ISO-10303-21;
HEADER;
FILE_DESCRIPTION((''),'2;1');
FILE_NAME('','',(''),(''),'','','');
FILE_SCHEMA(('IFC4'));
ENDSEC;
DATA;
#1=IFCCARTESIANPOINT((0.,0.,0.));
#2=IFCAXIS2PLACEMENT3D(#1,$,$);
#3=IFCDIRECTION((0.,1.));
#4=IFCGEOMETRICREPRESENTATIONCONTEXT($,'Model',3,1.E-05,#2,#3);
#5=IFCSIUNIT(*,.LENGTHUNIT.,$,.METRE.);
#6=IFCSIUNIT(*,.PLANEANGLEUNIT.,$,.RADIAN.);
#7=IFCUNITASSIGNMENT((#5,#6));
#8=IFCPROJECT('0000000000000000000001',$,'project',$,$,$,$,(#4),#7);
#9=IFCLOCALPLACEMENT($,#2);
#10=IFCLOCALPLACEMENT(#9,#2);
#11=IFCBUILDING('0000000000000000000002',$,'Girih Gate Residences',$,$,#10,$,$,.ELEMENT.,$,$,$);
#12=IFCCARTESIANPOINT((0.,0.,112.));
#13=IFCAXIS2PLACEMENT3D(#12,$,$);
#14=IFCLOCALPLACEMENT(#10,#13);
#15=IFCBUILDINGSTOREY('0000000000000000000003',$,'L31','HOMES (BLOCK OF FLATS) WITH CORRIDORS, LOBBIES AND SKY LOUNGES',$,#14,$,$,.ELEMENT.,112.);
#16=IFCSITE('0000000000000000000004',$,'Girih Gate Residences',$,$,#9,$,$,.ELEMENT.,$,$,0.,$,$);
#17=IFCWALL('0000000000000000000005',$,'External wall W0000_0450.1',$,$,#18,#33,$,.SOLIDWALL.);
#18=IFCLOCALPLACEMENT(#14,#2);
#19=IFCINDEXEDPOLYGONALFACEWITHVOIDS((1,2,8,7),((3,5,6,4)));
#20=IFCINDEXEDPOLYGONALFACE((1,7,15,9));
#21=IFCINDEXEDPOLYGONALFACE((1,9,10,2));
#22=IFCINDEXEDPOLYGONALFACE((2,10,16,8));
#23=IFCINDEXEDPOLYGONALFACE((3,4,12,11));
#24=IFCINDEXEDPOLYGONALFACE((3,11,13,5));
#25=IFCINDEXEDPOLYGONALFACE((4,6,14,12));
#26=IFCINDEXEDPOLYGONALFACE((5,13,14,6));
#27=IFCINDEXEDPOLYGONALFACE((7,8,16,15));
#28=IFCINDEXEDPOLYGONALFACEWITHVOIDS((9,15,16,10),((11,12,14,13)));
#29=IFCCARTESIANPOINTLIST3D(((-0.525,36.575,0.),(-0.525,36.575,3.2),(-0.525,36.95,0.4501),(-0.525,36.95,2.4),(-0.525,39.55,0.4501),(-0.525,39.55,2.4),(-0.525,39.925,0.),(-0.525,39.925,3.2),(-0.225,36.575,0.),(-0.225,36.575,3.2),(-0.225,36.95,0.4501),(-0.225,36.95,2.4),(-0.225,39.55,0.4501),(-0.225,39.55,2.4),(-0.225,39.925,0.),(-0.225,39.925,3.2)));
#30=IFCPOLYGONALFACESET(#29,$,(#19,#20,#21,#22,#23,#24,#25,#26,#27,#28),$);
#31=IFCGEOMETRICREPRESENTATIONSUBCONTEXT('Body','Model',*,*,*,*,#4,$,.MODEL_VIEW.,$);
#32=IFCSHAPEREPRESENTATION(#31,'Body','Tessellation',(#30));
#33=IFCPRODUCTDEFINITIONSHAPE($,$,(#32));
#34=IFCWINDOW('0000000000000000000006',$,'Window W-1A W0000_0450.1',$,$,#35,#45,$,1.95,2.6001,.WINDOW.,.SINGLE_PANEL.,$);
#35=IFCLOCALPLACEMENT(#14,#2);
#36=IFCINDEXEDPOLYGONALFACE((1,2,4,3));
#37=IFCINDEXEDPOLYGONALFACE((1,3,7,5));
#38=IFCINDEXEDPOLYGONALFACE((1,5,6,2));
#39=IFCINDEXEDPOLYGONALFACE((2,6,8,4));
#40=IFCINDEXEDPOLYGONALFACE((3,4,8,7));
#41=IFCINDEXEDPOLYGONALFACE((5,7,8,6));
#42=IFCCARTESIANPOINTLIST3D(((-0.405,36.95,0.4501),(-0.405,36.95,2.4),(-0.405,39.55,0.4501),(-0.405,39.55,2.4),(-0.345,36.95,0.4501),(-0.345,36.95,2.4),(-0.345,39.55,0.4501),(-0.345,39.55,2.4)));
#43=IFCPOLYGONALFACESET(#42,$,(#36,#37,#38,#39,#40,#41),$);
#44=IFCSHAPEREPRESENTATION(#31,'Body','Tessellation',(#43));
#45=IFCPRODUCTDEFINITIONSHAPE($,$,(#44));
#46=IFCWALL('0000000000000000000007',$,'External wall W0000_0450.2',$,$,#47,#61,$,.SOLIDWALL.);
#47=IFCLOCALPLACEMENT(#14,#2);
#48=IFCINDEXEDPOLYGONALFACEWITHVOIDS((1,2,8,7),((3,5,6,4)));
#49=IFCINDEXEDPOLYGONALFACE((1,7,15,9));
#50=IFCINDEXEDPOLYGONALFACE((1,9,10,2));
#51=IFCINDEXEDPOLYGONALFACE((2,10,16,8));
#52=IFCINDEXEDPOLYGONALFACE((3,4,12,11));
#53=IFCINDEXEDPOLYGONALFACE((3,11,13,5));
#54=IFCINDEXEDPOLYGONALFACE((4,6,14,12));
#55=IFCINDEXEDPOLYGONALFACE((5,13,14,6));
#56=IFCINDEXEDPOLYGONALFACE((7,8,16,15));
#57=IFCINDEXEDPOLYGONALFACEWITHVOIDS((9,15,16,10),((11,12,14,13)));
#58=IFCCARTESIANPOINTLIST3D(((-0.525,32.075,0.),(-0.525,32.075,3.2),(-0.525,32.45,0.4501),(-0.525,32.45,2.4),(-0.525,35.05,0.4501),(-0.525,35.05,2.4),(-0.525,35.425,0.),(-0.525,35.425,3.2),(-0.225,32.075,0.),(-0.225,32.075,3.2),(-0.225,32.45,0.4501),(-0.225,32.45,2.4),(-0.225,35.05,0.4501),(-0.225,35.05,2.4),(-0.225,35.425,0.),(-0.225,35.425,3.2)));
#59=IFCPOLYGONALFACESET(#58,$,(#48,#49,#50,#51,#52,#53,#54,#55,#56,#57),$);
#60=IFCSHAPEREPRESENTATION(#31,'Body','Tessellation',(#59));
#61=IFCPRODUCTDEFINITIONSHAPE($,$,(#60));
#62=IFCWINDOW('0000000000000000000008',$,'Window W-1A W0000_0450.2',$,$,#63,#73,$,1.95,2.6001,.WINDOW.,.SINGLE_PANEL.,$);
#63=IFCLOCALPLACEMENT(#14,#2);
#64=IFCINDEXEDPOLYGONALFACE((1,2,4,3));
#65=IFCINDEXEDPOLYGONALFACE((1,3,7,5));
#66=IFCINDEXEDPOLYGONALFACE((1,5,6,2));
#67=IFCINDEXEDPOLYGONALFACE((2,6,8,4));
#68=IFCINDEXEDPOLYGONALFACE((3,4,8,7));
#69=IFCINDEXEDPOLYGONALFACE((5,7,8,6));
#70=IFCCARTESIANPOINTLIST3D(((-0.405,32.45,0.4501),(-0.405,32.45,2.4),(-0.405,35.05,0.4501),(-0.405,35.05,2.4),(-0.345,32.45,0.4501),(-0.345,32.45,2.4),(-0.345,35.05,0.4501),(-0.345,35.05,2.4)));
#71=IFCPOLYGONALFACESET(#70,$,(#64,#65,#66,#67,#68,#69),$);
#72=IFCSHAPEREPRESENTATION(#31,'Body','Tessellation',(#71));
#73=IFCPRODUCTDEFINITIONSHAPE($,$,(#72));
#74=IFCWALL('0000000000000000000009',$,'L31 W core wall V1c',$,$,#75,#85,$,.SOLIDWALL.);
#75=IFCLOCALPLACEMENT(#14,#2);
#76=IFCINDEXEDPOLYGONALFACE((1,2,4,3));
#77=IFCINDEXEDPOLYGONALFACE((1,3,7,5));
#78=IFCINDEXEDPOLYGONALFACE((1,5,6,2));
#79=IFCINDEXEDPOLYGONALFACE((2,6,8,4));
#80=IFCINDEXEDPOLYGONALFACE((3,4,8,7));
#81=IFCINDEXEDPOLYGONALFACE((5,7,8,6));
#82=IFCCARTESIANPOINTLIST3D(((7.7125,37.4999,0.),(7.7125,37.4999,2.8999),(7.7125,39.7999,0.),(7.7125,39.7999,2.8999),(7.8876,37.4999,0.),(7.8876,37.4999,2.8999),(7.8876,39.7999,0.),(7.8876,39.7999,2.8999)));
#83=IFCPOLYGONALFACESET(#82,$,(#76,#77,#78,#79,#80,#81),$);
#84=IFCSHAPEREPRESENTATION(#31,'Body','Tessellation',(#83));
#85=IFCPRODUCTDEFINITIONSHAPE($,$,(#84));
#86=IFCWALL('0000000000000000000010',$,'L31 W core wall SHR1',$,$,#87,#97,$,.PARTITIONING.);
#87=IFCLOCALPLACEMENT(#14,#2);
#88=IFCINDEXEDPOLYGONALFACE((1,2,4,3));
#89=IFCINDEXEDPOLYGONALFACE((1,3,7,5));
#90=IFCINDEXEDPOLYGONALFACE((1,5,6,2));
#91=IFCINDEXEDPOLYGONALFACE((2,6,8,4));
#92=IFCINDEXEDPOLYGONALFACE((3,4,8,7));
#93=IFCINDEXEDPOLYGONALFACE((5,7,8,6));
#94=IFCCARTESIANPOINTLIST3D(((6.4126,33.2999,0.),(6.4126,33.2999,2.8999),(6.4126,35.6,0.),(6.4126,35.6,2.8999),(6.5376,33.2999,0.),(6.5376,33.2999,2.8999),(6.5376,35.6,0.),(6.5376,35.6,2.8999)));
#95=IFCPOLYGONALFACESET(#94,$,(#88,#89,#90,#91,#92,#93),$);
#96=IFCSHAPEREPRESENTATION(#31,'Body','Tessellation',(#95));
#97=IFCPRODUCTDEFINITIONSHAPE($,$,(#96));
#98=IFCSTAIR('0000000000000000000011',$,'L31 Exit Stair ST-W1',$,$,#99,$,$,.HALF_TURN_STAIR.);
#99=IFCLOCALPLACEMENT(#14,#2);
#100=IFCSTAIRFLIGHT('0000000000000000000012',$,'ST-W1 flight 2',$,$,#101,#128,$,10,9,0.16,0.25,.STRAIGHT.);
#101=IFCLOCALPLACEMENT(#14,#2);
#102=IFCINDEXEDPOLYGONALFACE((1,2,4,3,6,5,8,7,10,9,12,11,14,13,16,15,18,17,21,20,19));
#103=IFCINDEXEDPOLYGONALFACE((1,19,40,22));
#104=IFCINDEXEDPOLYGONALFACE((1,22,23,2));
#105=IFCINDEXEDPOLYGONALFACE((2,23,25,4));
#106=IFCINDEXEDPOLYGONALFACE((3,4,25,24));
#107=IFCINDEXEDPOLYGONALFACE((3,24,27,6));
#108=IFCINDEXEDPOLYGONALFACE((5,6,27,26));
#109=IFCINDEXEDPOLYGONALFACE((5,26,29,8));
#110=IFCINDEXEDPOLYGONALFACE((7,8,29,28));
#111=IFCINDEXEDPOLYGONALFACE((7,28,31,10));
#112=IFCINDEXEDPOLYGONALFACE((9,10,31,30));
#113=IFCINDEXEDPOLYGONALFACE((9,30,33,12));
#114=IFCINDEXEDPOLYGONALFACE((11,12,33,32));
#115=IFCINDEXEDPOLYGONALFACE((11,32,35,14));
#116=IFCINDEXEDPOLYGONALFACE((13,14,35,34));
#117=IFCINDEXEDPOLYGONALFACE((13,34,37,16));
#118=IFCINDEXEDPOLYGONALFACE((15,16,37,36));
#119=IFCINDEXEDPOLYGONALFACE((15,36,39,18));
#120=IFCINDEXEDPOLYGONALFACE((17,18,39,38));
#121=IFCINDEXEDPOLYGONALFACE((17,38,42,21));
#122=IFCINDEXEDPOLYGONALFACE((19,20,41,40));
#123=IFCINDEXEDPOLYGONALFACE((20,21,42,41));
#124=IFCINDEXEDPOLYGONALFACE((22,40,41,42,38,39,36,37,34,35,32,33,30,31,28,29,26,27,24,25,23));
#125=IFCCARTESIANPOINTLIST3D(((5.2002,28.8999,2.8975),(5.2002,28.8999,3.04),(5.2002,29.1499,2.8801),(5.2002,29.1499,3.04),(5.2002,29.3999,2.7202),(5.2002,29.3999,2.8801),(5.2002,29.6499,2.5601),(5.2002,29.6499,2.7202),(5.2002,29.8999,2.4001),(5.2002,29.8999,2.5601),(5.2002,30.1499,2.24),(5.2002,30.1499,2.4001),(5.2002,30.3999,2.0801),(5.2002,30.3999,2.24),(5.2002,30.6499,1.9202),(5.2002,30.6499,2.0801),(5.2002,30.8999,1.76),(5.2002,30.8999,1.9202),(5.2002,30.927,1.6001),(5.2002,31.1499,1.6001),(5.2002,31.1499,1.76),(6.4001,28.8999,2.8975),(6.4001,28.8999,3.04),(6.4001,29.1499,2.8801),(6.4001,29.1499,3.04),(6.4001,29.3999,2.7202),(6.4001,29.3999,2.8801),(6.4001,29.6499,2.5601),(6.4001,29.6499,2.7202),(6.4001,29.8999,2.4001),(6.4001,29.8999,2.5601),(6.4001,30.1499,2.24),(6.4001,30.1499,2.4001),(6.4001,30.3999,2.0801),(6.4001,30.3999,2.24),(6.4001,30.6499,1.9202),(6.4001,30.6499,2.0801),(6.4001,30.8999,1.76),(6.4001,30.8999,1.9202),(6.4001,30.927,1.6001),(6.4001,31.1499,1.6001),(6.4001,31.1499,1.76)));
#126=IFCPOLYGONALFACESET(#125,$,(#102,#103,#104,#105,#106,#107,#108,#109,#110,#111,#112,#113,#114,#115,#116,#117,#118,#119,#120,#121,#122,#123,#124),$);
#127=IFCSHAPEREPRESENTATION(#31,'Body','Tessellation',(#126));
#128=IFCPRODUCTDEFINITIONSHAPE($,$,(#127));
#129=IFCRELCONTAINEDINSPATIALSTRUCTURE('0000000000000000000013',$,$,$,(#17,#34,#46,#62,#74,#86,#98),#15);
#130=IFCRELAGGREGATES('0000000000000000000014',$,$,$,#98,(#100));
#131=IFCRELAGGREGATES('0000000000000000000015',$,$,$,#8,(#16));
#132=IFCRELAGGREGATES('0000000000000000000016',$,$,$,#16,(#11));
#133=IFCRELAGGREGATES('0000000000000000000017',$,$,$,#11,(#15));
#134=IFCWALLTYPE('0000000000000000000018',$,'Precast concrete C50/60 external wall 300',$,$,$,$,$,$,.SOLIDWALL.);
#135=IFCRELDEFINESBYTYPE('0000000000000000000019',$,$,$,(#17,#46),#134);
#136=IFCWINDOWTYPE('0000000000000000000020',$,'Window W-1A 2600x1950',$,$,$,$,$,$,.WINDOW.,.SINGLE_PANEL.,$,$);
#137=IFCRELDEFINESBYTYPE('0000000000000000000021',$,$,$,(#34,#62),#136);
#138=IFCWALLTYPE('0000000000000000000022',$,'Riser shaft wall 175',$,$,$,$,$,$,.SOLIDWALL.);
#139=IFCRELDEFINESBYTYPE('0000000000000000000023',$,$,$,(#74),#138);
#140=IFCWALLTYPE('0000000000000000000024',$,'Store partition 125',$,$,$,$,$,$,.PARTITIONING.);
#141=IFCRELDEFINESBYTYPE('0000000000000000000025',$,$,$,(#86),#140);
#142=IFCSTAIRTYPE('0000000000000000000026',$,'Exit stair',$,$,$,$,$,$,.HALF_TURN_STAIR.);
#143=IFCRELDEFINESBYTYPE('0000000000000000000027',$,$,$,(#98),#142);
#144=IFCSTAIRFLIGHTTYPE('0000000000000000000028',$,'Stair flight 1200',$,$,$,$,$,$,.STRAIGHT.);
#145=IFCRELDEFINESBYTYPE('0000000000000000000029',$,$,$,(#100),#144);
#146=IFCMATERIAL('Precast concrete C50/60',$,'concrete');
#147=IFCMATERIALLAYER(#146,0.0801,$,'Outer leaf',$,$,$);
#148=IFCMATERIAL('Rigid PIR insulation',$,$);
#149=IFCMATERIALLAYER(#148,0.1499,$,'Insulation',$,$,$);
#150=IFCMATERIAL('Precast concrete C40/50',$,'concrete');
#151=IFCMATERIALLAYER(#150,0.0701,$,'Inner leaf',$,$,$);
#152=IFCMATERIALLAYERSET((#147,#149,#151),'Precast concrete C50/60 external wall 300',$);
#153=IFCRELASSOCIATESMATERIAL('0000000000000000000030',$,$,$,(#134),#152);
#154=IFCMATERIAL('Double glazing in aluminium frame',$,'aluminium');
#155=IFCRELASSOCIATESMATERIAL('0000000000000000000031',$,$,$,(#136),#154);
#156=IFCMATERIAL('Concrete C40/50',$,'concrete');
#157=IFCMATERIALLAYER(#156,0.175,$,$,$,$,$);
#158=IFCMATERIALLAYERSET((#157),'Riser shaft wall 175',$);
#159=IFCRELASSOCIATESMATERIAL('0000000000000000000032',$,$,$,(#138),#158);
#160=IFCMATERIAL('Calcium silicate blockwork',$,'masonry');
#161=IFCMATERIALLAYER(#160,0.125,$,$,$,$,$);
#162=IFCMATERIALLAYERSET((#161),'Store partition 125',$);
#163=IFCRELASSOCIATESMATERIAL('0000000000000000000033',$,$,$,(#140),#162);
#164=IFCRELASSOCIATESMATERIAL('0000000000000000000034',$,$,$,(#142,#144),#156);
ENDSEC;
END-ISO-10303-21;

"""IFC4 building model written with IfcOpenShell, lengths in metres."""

from ifc_helpers import new_model, si_unit, direction, frame, frame_2d, origin, place, context, subcontext, project, spatial, polyline, rectangle, outline, extrude, material, layer, layer_set, type_object, element, fill, aggregate, save


model = new_model("IFC4")

# Units and contexts
model_context = context("Model", 3, precision=1e-05, world=origin(), true_north=direction((0.0, 1.0)))
body_context = subcontext(model_context, "Body", "Model", "MODEL_VIEW")
ifc_project = project(units=[si_unit("LENGTHUNIT", "METRE"), si_unit("PLANEANGLEUNIT", "RADIAN")], contexts=[model_context])

# Site, building, storey
site_placement = place(None, origin())
site = spatial("IfcSite", under=ifc_project, at=site_placement, Name="Girih Gate Residences", CompositionType="ELEMENT", RefElevation=0.0)
building_placement = place(site_placement, origin())
building = spatial("IfcBuilding", under=site, at=building_placement, Name="Girih Gate Residences", CompositionType="ELEMENT")
storey_placement = place(building_placement, frame((0.0, 0.0, 112.0)))
storey = spatial("IfcBuildingStorey", under=building, at=storey_placement, Name="L31", Description="HOMES (BLOCK OF FLATS) WITH CORRIDORS, LOBBIES AND SKY LOUNGES", CompositionType="ELEMENT", Elevation=112.0)

# Shared definitions
ifc_material_1 = material(Name="Concrete C40/50", Category="concrete")

# Walls, openings, windows
ifc_material_2 = material(Name="Precast concrete C50/60", Category="concrete")
ifc_layer_1 = layer(ifc_material_2, 0.0801, Name="Outer leaf")
ifc_material_3 = material(Name="Rigid PIR insulation")
ifc_layer_2 = layer(ifc_material_3, 0.1499, Name="Insulation")
ifc_material_4 = material(Name="Precast concrete C40/50", Category="concrete")
ifc_layer_3 = layer(ifc_material_4, 0.0701, Name="Inner leaf")
ifc_layer_set_1 = layer_set([ifc_layer_1, ifc_layer_2, ifc_layer_3], Name="Precast concrete C50/60 external wall 300")
wall_type_1 = type_object("IfcWallType", Name="Precast concrete C50/60 external wall 300", PredefinedType="SOLIDWALL", material=ifc_layer_set_1)
wall_1_placement = place(storey_placement, frame((-0.375, 36.575, 0.0), z_axis=(0.0, 0.0, 1.0), x_axis=(0.0, 1.0, 0.0)))
wall_1 = element("IfcWall", 1, at=wall_1_placement, inside=storey, type_object=wall_type_1, Name="External wall W0000_0450.1", PredefinedType="SOLIDWALL", context=body_context, shape_type="SweptSolid", body=[
    extrude(rectangle(XDim=3.3501, YDim=0.3, at=frame_2d((1.675, 0.0))), origin(), (0.0, 0.0, 1.0), 3.2),
])
opening_1_placement = place(wall_1_placement, frame((0.375, 0.0, 0.45)))
opening_1 = element("IfcOpeningElement", 2, at=opening_1_placement, cuts=wall_1, PredefinedType="OPENING", context=body_context, shape_type="SweptSolid", body=[
    extrude(rectangle(XDim=2.6001, YDim=1.95, at=frame_2d((1.3, 0.9751))), frame((0.0, 0.1599, 0.0), z_axis=(0.0, -1.0, 0.0), x_axis=(1.0, 0.0, 0.0)), (0.0, 0.0, 1.0), 0.3201),
])
ifc_material_5 = material(Name="Double glazing in aluminium frame", Category="aluminium")
window_type = type_object("IfcWindowType", Name="Window W-1A 2600x1950", PartitioningType="SINGLE_PANEL", PredefinedType="WINDOW", material=ifc_material_5)
window_1_placement = place(opening_1_placement, origin())
window_1 = element("IfcWindow", 3, at=window_1_placement, inside=storey, type_object=window_type, Name="Window W-1A W0000_0450.1", OverallHeight=1.95, OverallWidth=2.6001, PartitioningType="SINGLE_PANEL", PredefinedType="WINDOW", context=body_context, shape_type="SweptSolid", body=[
    extrude(rectangle(XDim=2.6001, YDim=1.95, at=frame_2d((1.3, 0.9751))), frame((0.0, 0.03, 0.0), z_axis=(0.0, -1.0, 0.0), x_axis=(1.0, 0.0, 0.0)), (0.0, 0.0, 1.0), 0.0601),
])
fill(opening_1, window_1)
wall_2_placement = place(storey_placement, frame((-0.375, 32.075, 0.0), z_axis=(0.0, 0.0, 1.0), x_axis=(0.0, 1.0, 0.0)))
wall_2 = element("IfcWall", 4, at=wall_2_placement, inside=storey, type_object=wall_type_1, Name="External wall W0000_0450.2", PredefinedType="SOLIDWALL", context=body_context, shape_type="SweptSolid", body=[
    extrude(rectangle(XDim=3.3501, YDim=0.3, at=frame_2d((1.675, 0.0))), origin(), (0.0, 0.0, 1.0), 3.2),
])
opening_2_placement = place(wall_2_placement, frame((0.375, 0.0, 0.45)))
opening_2 = element("IfcOpeningElement", 5, at=opening_2_placement, cuts=wall_2, PredefinedType="OPENING", context=body_context, shape_type="SweptSolid", body=[
    extrude(rectangle(XDim=2.6001, YDim=1.95, at=frame_2d((1.3, 0.9751))), frame((0.0, 0.1599, 0.0), z_axis=(0.0, -1.0, 0.0), x_axis=(1.0, 0.0, 0.0)), (0.0, 0.0, 1.0), 0.3201),
])
window_2_placement = place(opening_2_placement, origin())
window_2 = element("IfcWindow", 6, at=window_2_placement, inside=storey, type_object=window_type, Name="Window W-1A W0000_0450.2", OverallHeight=1.95, OverallWidth=2.6001, PartitioningType="SINGLE_PANEL", PredefinedType="WINDOW", context=body_context, shape_type="SweptSolid", body=[
    extrude(rectangle(XDim=2.6001, YDim=1.95, at=frame_2d((1.3, 0.9751))), frame((0.0, 0.03, 0.0), z_axis=(0.0, -1.0, 0.0), x_axis=(1.0, 0.0, 0.0)), (0.0, 0.0, 1.0), 0.0601),
])
fill(opening_2, window_2)

# Walls
ifc_layer_4 = layer(ifc_material_1, 0.175)
ifc_layer_set_2 = layer_set([ifc_layer_4], Name="Riser shaft wall 175")
wall_type_2 = type_object("IfcWallType", Name="Riser shaft wall 175", PredefinedType="SOLIDWALL", material=ifc_layer_set_2)
wall_3_placement = place(storey_placement, frame((7.8, 37.5, 0.0), z_axis=(0.0, 0.0, 1.0), x_axis=(0.0, 1.0, 0.0)))
element("IfcWall", 7, at=wall_3_placement, inside=storey, type_object=wall_type_2, Name="L31 W core wall V1c", PredefinedType="SOLIDWALL", context=body_context, shape_type="SweptSolid", body=[
    extrude(rectangle(XDim=2.3, YDim=0.175, at=frame_2d((1.1499, 0.0))), origin(), (0.0, 0.0, 1.0), 2.8999),
])
ifc_material_6 = material(Name="Calcium silicate blockwork", Category="masonry")
ifc_layer_5 = layer(ifc_material_6, 0.125)
ifc_layer_set_3 = layer_set([ifc_layer_5], Name="Store partition 125")
wall_type_3 = type_object("IfcWallType", Name="Store partition 125", PredefinedType="PARTITIONING", material=ifc_layer_set_3)
wall_4_placement = place(storey_placement, frame((6.4751, 33.3, 0.0), z_axis=(0.0, 0.0, 1.0), x_axis=(0.0, 1.0, 0.0)))
element("IfcWall", 8, at=wall_4_placement, inside=storey, type_object=wall_type_3, Name="L31 W core wall SHR1", PredefinedType="PARTITIONING", context=body_context, shape_type="SweptSolid", body=[
    extrude(rectangle(XDim=2.3, YDim=0.125, at=frame_2d((1.1499, 0.0))), origin(), (0.0, 0.0, 1.0), 2.8999),
])

# Stair, stair flight
stair_type = type_object("IfcStairType", Name="Exit stair", PredefinedType="HALF_TURN_STAIR", material=ifc_material_1)
stair_placement = place(storey_placement, origin())
stair = element("IfcStair", 9, at=stair_placement, inside=storey, type_object=stair_type, Name="L31 Exit Stair ST-W1", PredefinedType="HALF_TURN_STAIR")
stair_flight_type = type_object("IfcStairFlightType", Name="Stair flight 1200", PredefinedType="STRAIGHT", material=ifc_material_1)
stair_flight_placement = place(storey_placement, frame((5.8, 31.1499, 1.6001), z_axis=(0.0, 0.0, 1.0), x_axis=(0.0, -1.0, 0.0)))
stair_flight = element("IfcStairFlight", 10, at=stair_flight_placement, type_object=stair_flight_type, Name="ST-W1 flight 2", NumberOfRisers=10, NumberOfTreads=9, PredefinedType="STRAIGHT", RiserHeight=0.16, TreadLength=0.25, context=body_context, shape_type="SweptSolid", body=[
    extrude(outline(polyline([(0.0, 0.0), (0.0, 0.1599), (0.25, 0.1599), (0.25, 0.3201), (0.5, 0.3201), (0.5, 0.48), (0.75, 0.48), (0.75, 0.6399), (1.0, 0.6399), (1.0, 0.8), (1.25, 0.8), (1.25, 0.96), (1.5, 0.96), (1.5, 1.1201), (1.75, 1.1201), (1.75, 1.28), (2.0, 1.28), (2.0, 1.4399), (2.25, 1.4399), (2.25, 1.6001), (2.25, 1.2974), (0.2229, 0.0), (0.0, 0.0)])), frame((0.0, 0.6001, 0.0), z_axis=(0.0, -1.0, 0.0), x_axis=(1.0, 0.0, 0.0)), (0.0, 0.0, 1.0), 1.2),
])
aggregate(stair, [stair_flight])

save(model, "model.ifc")
